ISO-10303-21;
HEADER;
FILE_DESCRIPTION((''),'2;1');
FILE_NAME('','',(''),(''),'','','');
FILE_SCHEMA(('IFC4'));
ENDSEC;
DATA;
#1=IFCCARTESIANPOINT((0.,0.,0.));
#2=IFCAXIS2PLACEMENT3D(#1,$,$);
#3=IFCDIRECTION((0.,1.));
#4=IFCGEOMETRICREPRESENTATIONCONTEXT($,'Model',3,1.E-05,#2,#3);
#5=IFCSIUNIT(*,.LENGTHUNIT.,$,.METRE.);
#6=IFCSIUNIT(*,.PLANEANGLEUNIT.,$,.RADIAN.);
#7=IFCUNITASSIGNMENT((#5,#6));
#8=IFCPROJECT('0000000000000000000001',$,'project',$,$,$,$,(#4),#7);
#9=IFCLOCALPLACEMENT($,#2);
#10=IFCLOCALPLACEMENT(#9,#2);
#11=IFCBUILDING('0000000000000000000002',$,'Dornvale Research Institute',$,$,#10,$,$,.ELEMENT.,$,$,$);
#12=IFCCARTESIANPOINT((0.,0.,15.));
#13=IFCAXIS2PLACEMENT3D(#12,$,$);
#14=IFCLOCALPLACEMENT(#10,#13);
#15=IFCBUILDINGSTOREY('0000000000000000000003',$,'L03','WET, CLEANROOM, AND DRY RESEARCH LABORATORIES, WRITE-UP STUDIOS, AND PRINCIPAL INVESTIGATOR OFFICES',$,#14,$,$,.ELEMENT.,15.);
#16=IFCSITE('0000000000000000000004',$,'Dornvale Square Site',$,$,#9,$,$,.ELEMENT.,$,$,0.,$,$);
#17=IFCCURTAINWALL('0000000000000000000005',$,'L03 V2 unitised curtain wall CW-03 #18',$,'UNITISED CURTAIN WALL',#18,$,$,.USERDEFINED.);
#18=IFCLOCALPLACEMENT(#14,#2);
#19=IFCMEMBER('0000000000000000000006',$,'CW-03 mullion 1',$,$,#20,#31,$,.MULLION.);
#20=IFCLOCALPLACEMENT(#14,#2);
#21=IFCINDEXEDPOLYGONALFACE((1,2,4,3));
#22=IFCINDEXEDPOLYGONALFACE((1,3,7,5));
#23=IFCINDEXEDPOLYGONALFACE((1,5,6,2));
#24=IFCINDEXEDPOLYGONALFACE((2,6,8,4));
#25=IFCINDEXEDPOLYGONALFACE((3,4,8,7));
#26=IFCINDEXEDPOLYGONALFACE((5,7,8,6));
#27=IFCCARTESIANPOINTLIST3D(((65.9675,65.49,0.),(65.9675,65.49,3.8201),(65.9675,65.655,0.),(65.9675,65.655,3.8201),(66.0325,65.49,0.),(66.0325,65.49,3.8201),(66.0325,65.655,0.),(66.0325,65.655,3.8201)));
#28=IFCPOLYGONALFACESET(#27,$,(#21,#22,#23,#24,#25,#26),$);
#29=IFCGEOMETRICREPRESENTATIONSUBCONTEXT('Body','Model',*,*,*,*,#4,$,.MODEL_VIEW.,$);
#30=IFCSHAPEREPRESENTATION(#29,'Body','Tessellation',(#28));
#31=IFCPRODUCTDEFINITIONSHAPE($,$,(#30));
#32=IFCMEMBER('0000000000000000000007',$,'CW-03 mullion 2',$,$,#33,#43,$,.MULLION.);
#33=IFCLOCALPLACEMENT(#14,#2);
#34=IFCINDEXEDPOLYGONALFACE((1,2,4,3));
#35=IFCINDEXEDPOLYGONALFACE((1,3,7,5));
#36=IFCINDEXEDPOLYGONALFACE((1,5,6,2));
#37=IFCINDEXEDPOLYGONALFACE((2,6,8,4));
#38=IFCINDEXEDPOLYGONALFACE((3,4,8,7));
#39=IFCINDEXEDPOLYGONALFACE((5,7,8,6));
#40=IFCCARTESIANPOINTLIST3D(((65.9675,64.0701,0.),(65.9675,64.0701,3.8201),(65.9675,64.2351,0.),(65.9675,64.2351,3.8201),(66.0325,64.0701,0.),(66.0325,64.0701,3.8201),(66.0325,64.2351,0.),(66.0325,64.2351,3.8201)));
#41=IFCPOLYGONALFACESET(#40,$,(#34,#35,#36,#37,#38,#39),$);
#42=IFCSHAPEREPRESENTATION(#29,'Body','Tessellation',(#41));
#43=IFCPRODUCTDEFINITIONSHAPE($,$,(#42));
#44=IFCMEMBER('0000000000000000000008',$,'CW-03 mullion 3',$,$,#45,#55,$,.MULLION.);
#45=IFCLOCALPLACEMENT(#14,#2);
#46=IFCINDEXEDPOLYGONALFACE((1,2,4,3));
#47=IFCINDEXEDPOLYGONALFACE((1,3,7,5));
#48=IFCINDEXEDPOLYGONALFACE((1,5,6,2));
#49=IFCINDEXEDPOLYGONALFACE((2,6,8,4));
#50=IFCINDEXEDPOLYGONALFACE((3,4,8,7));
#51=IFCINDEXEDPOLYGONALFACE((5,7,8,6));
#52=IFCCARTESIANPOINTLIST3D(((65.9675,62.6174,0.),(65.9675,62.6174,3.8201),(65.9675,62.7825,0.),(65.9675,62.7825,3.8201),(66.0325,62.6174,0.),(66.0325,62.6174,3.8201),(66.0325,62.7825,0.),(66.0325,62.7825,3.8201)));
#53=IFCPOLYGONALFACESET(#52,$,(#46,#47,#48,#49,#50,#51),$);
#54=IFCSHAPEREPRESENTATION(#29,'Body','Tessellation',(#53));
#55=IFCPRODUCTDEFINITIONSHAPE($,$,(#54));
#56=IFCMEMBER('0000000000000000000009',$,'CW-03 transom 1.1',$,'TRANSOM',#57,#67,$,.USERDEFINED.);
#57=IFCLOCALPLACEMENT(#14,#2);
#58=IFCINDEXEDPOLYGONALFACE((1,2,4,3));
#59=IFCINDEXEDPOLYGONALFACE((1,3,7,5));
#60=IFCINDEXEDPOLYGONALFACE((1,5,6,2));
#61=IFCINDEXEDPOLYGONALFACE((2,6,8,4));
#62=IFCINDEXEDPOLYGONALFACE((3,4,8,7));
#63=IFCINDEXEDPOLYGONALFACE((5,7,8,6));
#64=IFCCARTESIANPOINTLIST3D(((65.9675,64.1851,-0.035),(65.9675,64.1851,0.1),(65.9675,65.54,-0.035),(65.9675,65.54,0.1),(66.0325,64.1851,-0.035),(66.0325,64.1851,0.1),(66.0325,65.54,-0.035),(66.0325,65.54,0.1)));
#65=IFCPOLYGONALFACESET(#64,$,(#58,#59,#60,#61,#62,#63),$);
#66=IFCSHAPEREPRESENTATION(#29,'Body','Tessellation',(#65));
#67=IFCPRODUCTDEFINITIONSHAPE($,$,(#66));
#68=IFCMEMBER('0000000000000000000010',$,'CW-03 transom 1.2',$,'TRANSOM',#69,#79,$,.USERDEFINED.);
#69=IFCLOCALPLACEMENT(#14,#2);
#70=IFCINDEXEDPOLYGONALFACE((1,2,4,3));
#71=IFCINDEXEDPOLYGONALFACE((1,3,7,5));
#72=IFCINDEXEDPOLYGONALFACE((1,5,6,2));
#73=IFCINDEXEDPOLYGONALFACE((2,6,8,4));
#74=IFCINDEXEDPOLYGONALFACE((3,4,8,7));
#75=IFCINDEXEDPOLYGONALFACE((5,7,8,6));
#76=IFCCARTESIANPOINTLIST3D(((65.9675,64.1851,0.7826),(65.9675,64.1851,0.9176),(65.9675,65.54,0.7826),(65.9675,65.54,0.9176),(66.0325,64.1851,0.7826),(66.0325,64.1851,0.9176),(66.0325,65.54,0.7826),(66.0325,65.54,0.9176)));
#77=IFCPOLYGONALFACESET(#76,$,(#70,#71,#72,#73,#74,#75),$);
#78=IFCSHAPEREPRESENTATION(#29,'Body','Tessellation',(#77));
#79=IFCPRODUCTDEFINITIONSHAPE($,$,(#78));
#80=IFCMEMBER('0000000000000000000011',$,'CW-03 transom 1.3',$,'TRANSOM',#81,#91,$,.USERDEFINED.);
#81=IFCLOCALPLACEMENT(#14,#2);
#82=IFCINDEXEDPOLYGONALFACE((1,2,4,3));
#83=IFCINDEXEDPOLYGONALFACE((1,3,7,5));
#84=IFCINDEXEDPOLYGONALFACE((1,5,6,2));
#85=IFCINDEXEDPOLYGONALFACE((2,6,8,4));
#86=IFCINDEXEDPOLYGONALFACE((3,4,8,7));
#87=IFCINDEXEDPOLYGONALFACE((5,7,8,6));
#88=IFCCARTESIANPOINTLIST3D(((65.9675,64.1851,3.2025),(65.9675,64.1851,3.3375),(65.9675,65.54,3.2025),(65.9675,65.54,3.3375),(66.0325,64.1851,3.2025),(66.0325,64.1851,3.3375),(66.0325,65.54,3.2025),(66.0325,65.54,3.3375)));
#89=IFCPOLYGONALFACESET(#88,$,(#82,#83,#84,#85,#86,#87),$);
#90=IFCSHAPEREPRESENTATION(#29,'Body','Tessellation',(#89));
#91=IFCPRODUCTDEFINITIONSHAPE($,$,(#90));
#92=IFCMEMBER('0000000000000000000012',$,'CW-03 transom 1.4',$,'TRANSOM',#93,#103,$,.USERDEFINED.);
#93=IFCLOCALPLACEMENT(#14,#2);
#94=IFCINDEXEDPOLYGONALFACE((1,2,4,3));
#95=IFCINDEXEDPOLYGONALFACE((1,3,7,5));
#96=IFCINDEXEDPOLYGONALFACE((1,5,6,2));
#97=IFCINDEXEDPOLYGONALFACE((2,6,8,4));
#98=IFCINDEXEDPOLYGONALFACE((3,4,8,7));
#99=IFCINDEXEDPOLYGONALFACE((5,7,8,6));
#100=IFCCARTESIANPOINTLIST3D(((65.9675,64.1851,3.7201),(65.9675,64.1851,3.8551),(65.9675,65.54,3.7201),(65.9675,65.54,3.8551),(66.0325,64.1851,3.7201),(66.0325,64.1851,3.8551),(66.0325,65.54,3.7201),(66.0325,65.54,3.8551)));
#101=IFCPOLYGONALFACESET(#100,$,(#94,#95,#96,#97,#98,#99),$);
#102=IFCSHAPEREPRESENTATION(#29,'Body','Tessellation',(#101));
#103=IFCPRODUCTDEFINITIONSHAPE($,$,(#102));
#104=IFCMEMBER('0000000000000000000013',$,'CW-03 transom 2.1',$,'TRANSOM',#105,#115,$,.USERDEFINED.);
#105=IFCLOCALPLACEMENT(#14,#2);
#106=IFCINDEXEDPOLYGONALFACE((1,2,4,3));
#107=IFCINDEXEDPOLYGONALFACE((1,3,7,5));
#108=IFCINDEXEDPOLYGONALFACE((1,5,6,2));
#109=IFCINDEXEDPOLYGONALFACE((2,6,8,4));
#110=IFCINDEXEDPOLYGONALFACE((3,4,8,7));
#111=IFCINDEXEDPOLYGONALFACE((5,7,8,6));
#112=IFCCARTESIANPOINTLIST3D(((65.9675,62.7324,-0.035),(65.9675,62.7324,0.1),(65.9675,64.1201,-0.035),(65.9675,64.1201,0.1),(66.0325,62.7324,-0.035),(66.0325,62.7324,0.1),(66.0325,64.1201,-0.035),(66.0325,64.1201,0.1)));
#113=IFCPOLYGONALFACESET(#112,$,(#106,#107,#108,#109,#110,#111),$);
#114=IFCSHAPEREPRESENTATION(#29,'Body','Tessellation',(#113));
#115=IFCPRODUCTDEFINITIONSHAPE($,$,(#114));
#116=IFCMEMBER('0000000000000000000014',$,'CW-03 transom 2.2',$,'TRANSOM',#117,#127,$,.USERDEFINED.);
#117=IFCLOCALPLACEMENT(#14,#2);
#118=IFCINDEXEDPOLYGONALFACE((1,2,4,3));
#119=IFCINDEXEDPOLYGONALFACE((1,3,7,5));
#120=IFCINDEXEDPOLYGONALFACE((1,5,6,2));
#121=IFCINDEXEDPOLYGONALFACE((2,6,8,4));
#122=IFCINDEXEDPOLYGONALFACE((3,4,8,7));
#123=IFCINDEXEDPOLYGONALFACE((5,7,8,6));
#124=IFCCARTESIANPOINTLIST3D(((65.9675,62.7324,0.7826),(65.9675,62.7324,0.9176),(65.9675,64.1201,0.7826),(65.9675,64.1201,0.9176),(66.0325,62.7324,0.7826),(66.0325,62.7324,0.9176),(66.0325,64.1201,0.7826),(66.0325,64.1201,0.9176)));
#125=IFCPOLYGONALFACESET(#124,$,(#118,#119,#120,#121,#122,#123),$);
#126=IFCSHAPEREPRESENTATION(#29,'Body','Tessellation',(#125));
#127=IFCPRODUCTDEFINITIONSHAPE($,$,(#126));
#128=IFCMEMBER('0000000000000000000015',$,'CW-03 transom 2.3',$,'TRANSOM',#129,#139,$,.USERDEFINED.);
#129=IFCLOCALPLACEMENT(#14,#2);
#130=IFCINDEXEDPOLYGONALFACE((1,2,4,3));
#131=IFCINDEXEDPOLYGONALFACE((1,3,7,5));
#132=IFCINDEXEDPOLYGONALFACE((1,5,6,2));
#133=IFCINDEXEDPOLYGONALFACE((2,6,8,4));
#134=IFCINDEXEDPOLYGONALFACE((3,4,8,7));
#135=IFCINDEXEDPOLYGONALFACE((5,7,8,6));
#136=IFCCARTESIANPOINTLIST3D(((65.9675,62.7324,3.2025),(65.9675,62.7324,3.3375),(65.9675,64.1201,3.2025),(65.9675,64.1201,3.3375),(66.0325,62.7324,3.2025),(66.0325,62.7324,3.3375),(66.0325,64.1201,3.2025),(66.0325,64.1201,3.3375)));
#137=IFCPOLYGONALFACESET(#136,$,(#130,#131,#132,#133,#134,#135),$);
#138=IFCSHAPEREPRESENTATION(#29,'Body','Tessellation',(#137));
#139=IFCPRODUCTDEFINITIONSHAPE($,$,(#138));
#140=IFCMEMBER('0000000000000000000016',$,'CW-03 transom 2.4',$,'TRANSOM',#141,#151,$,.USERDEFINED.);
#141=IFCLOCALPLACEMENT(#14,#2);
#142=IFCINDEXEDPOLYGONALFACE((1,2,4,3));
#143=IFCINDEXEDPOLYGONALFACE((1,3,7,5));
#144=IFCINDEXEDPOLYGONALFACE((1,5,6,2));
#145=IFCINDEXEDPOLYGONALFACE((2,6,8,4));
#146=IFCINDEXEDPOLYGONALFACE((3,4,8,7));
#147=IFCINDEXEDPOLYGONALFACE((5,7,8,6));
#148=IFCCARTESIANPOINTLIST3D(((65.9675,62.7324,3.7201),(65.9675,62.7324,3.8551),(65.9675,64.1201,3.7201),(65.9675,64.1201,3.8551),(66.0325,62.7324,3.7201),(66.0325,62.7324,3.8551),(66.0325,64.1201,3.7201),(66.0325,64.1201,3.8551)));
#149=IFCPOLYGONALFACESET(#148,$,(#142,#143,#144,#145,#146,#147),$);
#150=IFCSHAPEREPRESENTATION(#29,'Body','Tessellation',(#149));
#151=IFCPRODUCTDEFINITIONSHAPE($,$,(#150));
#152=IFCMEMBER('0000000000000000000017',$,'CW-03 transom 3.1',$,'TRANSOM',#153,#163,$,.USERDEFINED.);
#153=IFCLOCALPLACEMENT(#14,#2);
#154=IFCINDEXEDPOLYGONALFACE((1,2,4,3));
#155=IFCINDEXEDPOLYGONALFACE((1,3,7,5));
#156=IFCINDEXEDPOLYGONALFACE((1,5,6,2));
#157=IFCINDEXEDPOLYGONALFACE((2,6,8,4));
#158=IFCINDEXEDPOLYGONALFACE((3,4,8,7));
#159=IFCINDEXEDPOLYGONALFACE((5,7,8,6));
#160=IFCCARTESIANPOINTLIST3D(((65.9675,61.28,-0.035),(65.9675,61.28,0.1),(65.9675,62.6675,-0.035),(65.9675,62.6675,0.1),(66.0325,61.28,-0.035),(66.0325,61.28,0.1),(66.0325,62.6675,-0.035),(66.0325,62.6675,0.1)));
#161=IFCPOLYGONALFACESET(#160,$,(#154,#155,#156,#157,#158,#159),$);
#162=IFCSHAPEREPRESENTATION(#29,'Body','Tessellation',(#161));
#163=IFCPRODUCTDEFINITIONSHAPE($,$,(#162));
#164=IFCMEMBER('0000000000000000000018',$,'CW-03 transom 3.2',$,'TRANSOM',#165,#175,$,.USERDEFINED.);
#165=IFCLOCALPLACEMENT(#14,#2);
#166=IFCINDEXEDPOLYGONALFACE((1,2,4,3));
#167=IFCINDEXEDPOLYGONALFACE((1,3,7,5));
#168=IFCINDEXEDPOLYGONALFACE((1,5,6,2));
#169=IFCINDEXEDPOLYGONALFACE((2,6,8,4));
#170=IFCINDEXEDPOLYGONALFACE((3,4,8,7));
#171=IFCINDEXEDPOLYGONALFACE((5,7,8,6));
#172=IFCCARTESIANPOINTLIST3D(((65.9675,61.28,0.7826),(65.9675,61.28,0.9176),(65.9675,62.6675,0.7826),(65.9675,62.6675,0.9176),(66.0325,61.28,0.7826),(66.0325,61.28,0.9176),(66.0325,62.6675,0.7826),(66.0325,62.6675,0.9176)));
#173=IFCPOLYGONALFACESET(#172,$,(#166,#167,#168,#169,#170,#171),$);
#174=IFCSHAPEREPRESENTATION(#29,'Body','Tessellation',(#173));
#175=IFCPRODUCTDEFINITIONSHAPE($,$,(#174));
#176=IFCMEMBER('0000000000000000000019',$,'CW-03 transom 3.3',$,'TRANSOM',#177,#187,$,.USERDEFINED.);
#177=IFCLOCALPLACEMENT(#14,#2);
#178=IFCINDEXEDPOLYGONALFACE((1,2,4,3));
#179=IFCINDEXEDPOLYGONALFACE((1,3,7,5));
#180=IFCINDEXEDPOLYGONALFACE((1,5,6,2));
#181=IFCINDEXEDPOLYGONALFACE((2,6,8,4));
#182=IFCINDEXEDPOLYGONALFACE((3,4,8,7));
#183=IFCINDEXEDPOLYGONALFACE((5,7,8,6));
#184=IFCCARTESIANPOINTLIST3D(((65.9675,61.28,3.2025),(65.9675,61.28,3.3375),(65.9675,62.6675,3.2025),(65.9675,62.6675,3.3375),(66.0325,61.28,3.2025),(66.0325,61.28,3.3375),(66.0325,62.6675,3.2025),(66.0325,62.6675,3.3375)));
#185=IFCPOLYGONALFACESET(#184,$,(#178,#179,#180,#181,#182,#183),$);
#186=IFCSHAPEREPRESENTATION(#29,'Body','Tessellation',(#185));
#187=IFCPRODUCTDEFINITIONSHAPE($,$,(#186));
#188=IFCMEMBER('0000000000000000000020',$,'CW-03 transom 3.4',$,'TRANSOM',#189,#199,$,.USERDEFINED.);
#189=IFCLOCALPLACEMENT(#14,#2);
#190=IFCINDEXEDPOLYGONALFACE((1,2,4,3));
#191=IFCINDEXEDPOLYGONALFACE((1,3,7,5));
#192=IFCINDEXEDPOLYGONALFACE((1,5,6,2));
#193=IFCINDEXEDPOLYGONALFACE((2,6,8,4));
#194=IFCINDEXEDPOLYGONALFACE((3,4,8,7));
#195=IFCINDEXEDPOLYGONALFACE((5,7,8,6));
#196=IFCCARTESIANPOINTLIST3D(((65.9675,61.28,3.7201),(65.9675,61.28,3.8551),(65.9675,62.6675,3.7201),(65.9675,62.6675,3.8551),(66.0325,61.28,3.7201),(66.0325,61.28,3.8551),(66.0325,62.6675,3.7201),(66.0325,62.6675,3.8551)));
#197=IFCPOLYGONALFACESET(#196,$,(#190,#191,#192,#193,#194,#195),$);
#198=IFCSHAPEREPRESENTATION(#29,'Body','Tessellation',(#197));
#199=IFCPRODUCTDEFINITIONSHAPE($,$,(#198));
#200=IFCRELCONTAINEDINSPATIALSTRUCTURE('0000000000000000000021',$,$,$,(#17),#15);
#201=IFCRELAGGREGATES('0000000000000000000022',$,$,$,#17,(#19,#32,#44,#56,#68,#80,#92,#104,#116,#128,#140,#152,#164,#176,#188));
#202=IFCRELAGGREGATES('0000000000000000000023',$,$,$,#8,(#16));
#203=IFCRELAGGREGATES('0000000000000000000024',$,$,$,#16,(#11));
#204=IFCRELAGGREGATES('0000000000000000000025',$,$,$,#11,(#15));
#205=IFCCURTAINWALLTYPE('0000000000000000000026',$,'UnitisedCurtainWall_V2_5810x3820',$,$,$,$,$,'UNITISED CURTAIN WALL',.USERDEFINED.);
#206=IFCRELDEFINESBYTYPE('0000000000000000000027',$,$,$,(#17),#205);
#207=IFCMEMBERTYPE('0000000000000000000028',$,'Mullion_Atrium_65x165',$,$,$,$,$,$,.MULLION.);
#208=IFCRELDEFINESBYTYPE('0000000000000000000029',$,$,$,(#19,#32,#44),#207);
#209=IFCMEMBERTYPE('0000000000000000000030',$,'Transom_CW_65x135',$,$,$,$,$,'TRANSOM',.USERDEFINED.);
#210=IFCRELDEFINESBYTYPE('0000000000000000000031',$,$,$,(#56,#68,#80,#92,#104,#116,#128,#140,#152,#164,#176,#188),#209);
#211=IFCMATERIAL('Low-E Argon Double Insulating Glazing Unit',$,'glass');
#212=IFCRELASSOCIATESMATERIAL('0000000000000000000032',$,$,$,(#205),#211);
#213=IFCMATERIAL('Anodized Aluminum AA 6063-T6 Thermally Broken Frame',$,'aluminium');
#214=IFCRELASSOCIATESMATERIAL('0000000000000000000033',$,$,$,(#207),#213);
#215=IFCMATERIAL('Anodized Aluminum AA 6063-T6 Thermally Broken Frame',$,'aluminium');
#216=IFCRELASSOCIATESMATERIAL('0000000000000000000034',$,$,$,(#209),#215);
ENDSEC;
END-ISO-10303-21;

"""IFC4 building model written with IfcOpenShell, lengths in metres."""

from ifc_helpers import new_model, si_unit, direction, frame, origin, origin_2d, place, context, subcontext, project, spatial, rectangle, extrude, material, material_profile, profile_set, type_object, element, aggregate, save


model = new_model("IFC4")

# Units and contexts
model_context = context("Model", 3, precision=1e-05, world=origin(), true_north=direction((0.0, 1.0)))
body_context = subcontext(model_context, "Body", "Model", "MODEL_VIEW")
ifc_project = project(units=[si_unit("LENGTHUNIT", "METRE"), si_unit("PLANEANGLEUNIT", "RADIAN")], contexts=[model_context])

# Site, building, storey
site_placement = place(None, origin())
site = spatial("IfcSite", under=ifc_project, at=site_placement, Name="Dornvale Square Site", CompositionType="ELEMENT", RefElevation=0.0)
building_placement = place(site_placement, origin())
building = spatial("IfcBuilding", under=site, at=building_placement, Name="Dornvale Research Institute", CompositionType="ELEMENT")
storey_placement = place(building_placement, frame((0.0, 0.0, 15.0)))
storey = spatial("IfcBuildingStorey", under=building, at=storey_placement, Name="L03", Description="WET, CLEANROOM, AND DRY RESEARCH LABORATORIES, WRITE-UP STUDIOS, AND PRINCIPAL INVESTIGATOR OFFICES", CompositionType="ELEMENT", Elevation=15.0)

# Curtain wall, members
ifc_material_1 = material(Name="Low-E Argon Double Insulating Glazing Unit", Category="glass")
curtain_wall_type = type_object("IfcCurtainWallType", Name="UnitisedCurtainWall_V2_5810x3820", ElementType="UNITISED CURTAIN WALL", PredefinedType="USERDEFINED", material=ifc_material_1)
curtain_wall_placement = place(storey_placement, origin())
curtain_wall = element("IfcCurtainWall", 1, at=curtain_wall_placement, inside=storey, type_object=curtain_wall_type, Name="L03 V2 unitised curtain wall CW-03 #18", ObjectType="UNITISED CURTAIN WALL", PredefinedType="USERDEFINED")
ifc_material_2 = material(Name="Anodized Aluminum AA 6063-T6 Thermally Broken Frame", Category="aluminium")
ifc_material_profile_1 = material_profile(ifc_material_2, rectangle(XDim=0.0649, YDim=0.165, at=origin_2d()), Name="ALU MULLION 65x165")
ifc_profile_set_1 = profile_set([ifc_material_profile_1], Name="Anodized Aluminum AA 6063-T6 Thermally Broken Frame")
member_type_1 = type_object("IfcMemberType", Name="Mullion_Atrium_65x165", PredefinedType="MULLION", material=ifc_profile_set_1)
member_1_placement = place(storey_placement, frame((66.0, 65.5725, 0.0), z_axis=(0.0, 0.0, 1.0), x_axis=(1.0, 0.0, 0.0)))
member_1 = element("IfcMember", 2, at=member_1_placement, type_object=member_type_1, Name="CW-03 mullion 1", PredefinedType="MULLION", context=body_context, shape_type="SweptSolid", body=[
    extrude(rectangle(XDim=0.0649, YDim=0.165, at=origin_2d()), origin(), (0.0, 0.0, 1.0), 3.8201),
])
member_2_placement = place(storey_placement, frame((66.0, 64.1526, 0.0), z_axis=(0.0, 0.0, 1.0), x_axis=(1.0, 0.0, 0.0)))
member_2 = element("IfcMember", 3, at=member_2_placement, type_object=member_type_1, Name="CW-03 mullion 2", PredefinedType="MULLION", context=body_context, shape_type="SweptSolid", body=[
    extrude(rectangle(XDim=0.0649, YDim=0.165, at=origin_2d()), origin(), (0.0, 0.0, 1.0), 3.8201),
])
member_3_placement = place(storey_placement, frame((66.0, 62.7, 0.0), z_axis=(0.0, 0.0, 1.0), x_axis=(1.0, 0.0, 0.0)))
member_3 = element("IfcMember", 4, at=member_3_placement, type_object=member_type_1, Name="CW-03 mullion 3", PredefinedType="MULLION", context=body_context, shape_type="SweptSolid", body=[
    extrude(rectangle(XDim=0.0649, YDim=0.165, at=origin_2d()), origin(), (0.0, 0.0, 1.0), 3.8201),
])
ifc_material_3 = material(Name="Anodized Aluminum AA 6063-T6 Thermally Broken Frame", Category="aluminium")
ifc_material_profile_2 = material_profile(ifc_material_3, rectangle(XDim=0.0649, YDim=0.135, at=origin_2d()), Name="ALU TRANSOM 65x135")
ifc_profile_set_2 = profile_set([ifc_material_profile_2], Name="Anodized Aluminum AA 6063-T6 Thermally Broken Frame")
member_type_2 = type_object("IfcMemberType", Name="Transom_CW_65x135", ElementType="TRANSOM", PredefinedType="USERDEFINED", material=ifc_profile_set_2)
member_4_placement = place(storey_placement, frame((66.0, 65.54, 0.0325), z_axis=(0.0, -1.0, 0.0), x_axis=(1.0, 0.0, 0.0)))
member_4 = element("IfcMember", 5, at=member_4_placement, type_object=member_type_2, Name="CW-03 transom 1.1", ObjectType="TRANSOM", PredefinedType="USERDEFINED", context=body_context, shape_type="SweptSolid", body=[
    extrude(rectangle(XDim=0.0649, YDim=0.135, at=origin_2d()), origin(), (0.0, 0.0, 1.0), 1.355),
])
member_5_placement = place(storey_placement, frame((66.0, 65.54, 0.8501), z_axis=(0.0, -1.0, 0.0), x_axis=(1.0, 0.0, 0.0)))
member_5 = element("IfcMember", 6, at=member_5_placement, type_object=member_type_2, Name="CW-03 transom 1.2", ObjectType="TRANSOM", PredefinedType="USERDEFINED", context=body_context, shape_type="SweptSolid", body=[
    extrude(rectangle(XDim=0.0649, YDim=0.135, at=origin_2d()), origin(), (0.0, 0.0, 1.0), 1.355),
])
member_6_placement = place(storey_placement, frame((66.0, 65.54, 3.27), z_axis=(0.0, -1.0, 0.0), x_axis=(1.0, 0.0, 0.0)))
member_6 = element("IfcMember", 7, at=member_6_placement, type_object=member_type_2, Name="CW-03 transom 1.3", ObjectType="TRANSOM", PredefinedType="USERDEFINED", context=body_context, shape_type="SweptSolid", body=[
    extrude(rectangle(XDim=0.0649, YDim=0.135, at=origin_2d()), origin(), (0.0, 0.0, 1.0), 1.355),
])
member_7_placement = place(storey_placement, frame((66.0, 65.54, 3.7876), z_axis=(0.0, -1.0, 0.0), x_axis=(1.0, 0.0, 0.0)))
member_7 = element("IfcMember", 8, at=member_7_placement, type_object=member_type_2, Name="CW-03 transom 1.4", ObjectType="TRANSOM", PredefinedType="USERDEFINED", context=body_context, shape_type="SweptSolid", body=[
    extrude(rectangle(XDim=0.0649, YDim=0.135, at=origin_2d()), origin(), (0.0, 0.0, 1.0), 1.355),
])
member_8_placement = place(storey_placement, frame((66.0, 64.1201, 0.0325), z_axis=(0.0, -1.0, 0.0), x_axis=(1.0, 0.0, 0.0)))
member_8 = element("IfcMember", 9, at=member_8_placement, type_object=member_type_2, Name="CW-03 transom 2.1", ObjectType="TRANSOM", PredefinedType="USERDEFINED", context=body_context, shape_type="SweptSolid", body=[
    extrude(rectangle(XDim=0.0649, YDim=0.135, at=origin_2d()), origin(), (0.0, 0.0, 1.0), 1.3877),
])
member_9_placement = place(storey_placement, frame((66.0, 64.1201, 0.8501), z_axis=(0.0, -1.0, 0.0), x_axis=(1.0, 0.0, 0.0)))
member_9 = element("IfcMember", 10, at=member_9_placement, type_object=member_type_2, Name="CW-03 transom 2.2", ObjectType="TRANSOM", PredefinedType="USERDEFINED", context=body_context, shape_type="SweptSolid", body=[
    extrude(rectangle(XDim=0.0649, YDim=0.135, at=origin_2d()), origin(), (0.0, 0.0, 1.0), 1.3877),
])
member_10_placement = place(storey_placement, frame((66.0, 64.1201, 3.27), z_axis=(0.0, -1.0, 0.0), x_axis=(1.0, 0.0, 0.0)))
member_10 = element("IfcMember", 11, at=member_10_placement, type_object=member_type_2, Name="CW-03 transom 2.3", ObjectType="TRANSOM", PredefinedType="USERDEFINED", context=body_context, shape_type="SweptSolid", body=[
    extrude(rectangle(XDim=0.0649, YDim=0.135, at=origin_2d()), origin(), (0.0, 0.0, 1.0), 1.3877),
])
member_11_placement = place(storey_placement, frame((66.0, 64.1201, 3.7876), z_axis=(0.0, -1.0, 0.0), x_axis=(1.0, 0.0, 0.0)))
member_11 = element("IfcMember", 12, at=member_11_placement, type_object=member_type_2, Name="CW-03 transom 2.4", ObjectType="TRANSOM", PredefinedType="USERDEFINED", context=body_context, shape_type="SweptSolid", body=[
    extrude(rectangle(XDim=0.0649, YDim=0.135, at=origin_2d()), origin(), (0.0, 0.0, 1.0), 1.3877),
])
member_12_placement = place(storey_placement, frame((66.0, 62.6675, 0.0325), z_axis=(0.0, -1.0, 0.0), x_axis=(1.0, 0.0, 0.0)))
member_12 = element("IfcMember", 13, at=member_12_placement, type_object=member_type_2, Name="CW-03 transom 3.1", ObjectType="TRANSOM", PredefinedType="USERDEFINED", context=body_context, shape_type="SweptSolid", body=[
    extrude(rectangle(XDim=0.0649, YDim=0.135, at=origin_2d()), origin(), (0.0, 0.0, 1.0), 1.3875),
])
member_13_placement = place(storey_placement, frame((66.0, 62.6675, 0.8501), z_axis=(0.0, -1.0, 0.0), x_axis=(1.0, 0.0, 0.0)))
member_13 = element("IfcMember", 14, at=member_13_placement, type_object=member_type_2, Name="CW-03 transom 3.2", ObjectType="TRANSOM", PredefinedType="USERDEFINED", context=body_context, shape_type="SweptSolid", body=[
    extrude(rectangle(XDim=0.0649, YDim=0.135, at=origin_2d()), origin(), (0.0, 0.0, 1.0), 1.3875),
])
member_14_placement = place(storey_placement, frame((66.0, 62.6675, 3.27), z_axis=(0.0, -1.0, 0.0), x_axis=(1.0, 0.0, 0.0)))
member_14 = element("IfcMember", 15, at=member_14_placement, type_object=member_type_2, Name="CW-03 transom 3.3", ObjectType="TRANSOM", PredefinedType="USERDEFINED", context=body_context, shape_type="SweptSolid", body=[
    extrude(rectangle(XDim=0.0649, YDim=0.135, at=origin_2d()), origin(), (0.0, 0.0, 1.0), 1.3875),
])
member_15_placement = place(storey_placement, frame((66.0, 62.6675, 3.7876), z_axis=(0.0, -1.0, 0.0), x_axis=(1.0, 0.0, 0.0)))
member_15 = element("IfcMember", 16, at=member_15_placement, type_object=member_type_2, Name="CW-03 transom 3.4", ObjectType="TRANSOM", PredefinedType="USERDEFINED", context=body_context, shape_type="SweptSolid", body=[
    extrude(rectangle(XDim=0.0649, YDim=0.135, at=origin_2d()), origin(), (0.0, 0.0, 1.0), 1.3875),
])
aggregate(curtain_wall, [member_1, member_2, member_3, member_4, member_5, member_6, member_7, member_8, member_9, member_10, member_11, member_12, member_13, member_14, member_15])

save(model, "model.ifc")
